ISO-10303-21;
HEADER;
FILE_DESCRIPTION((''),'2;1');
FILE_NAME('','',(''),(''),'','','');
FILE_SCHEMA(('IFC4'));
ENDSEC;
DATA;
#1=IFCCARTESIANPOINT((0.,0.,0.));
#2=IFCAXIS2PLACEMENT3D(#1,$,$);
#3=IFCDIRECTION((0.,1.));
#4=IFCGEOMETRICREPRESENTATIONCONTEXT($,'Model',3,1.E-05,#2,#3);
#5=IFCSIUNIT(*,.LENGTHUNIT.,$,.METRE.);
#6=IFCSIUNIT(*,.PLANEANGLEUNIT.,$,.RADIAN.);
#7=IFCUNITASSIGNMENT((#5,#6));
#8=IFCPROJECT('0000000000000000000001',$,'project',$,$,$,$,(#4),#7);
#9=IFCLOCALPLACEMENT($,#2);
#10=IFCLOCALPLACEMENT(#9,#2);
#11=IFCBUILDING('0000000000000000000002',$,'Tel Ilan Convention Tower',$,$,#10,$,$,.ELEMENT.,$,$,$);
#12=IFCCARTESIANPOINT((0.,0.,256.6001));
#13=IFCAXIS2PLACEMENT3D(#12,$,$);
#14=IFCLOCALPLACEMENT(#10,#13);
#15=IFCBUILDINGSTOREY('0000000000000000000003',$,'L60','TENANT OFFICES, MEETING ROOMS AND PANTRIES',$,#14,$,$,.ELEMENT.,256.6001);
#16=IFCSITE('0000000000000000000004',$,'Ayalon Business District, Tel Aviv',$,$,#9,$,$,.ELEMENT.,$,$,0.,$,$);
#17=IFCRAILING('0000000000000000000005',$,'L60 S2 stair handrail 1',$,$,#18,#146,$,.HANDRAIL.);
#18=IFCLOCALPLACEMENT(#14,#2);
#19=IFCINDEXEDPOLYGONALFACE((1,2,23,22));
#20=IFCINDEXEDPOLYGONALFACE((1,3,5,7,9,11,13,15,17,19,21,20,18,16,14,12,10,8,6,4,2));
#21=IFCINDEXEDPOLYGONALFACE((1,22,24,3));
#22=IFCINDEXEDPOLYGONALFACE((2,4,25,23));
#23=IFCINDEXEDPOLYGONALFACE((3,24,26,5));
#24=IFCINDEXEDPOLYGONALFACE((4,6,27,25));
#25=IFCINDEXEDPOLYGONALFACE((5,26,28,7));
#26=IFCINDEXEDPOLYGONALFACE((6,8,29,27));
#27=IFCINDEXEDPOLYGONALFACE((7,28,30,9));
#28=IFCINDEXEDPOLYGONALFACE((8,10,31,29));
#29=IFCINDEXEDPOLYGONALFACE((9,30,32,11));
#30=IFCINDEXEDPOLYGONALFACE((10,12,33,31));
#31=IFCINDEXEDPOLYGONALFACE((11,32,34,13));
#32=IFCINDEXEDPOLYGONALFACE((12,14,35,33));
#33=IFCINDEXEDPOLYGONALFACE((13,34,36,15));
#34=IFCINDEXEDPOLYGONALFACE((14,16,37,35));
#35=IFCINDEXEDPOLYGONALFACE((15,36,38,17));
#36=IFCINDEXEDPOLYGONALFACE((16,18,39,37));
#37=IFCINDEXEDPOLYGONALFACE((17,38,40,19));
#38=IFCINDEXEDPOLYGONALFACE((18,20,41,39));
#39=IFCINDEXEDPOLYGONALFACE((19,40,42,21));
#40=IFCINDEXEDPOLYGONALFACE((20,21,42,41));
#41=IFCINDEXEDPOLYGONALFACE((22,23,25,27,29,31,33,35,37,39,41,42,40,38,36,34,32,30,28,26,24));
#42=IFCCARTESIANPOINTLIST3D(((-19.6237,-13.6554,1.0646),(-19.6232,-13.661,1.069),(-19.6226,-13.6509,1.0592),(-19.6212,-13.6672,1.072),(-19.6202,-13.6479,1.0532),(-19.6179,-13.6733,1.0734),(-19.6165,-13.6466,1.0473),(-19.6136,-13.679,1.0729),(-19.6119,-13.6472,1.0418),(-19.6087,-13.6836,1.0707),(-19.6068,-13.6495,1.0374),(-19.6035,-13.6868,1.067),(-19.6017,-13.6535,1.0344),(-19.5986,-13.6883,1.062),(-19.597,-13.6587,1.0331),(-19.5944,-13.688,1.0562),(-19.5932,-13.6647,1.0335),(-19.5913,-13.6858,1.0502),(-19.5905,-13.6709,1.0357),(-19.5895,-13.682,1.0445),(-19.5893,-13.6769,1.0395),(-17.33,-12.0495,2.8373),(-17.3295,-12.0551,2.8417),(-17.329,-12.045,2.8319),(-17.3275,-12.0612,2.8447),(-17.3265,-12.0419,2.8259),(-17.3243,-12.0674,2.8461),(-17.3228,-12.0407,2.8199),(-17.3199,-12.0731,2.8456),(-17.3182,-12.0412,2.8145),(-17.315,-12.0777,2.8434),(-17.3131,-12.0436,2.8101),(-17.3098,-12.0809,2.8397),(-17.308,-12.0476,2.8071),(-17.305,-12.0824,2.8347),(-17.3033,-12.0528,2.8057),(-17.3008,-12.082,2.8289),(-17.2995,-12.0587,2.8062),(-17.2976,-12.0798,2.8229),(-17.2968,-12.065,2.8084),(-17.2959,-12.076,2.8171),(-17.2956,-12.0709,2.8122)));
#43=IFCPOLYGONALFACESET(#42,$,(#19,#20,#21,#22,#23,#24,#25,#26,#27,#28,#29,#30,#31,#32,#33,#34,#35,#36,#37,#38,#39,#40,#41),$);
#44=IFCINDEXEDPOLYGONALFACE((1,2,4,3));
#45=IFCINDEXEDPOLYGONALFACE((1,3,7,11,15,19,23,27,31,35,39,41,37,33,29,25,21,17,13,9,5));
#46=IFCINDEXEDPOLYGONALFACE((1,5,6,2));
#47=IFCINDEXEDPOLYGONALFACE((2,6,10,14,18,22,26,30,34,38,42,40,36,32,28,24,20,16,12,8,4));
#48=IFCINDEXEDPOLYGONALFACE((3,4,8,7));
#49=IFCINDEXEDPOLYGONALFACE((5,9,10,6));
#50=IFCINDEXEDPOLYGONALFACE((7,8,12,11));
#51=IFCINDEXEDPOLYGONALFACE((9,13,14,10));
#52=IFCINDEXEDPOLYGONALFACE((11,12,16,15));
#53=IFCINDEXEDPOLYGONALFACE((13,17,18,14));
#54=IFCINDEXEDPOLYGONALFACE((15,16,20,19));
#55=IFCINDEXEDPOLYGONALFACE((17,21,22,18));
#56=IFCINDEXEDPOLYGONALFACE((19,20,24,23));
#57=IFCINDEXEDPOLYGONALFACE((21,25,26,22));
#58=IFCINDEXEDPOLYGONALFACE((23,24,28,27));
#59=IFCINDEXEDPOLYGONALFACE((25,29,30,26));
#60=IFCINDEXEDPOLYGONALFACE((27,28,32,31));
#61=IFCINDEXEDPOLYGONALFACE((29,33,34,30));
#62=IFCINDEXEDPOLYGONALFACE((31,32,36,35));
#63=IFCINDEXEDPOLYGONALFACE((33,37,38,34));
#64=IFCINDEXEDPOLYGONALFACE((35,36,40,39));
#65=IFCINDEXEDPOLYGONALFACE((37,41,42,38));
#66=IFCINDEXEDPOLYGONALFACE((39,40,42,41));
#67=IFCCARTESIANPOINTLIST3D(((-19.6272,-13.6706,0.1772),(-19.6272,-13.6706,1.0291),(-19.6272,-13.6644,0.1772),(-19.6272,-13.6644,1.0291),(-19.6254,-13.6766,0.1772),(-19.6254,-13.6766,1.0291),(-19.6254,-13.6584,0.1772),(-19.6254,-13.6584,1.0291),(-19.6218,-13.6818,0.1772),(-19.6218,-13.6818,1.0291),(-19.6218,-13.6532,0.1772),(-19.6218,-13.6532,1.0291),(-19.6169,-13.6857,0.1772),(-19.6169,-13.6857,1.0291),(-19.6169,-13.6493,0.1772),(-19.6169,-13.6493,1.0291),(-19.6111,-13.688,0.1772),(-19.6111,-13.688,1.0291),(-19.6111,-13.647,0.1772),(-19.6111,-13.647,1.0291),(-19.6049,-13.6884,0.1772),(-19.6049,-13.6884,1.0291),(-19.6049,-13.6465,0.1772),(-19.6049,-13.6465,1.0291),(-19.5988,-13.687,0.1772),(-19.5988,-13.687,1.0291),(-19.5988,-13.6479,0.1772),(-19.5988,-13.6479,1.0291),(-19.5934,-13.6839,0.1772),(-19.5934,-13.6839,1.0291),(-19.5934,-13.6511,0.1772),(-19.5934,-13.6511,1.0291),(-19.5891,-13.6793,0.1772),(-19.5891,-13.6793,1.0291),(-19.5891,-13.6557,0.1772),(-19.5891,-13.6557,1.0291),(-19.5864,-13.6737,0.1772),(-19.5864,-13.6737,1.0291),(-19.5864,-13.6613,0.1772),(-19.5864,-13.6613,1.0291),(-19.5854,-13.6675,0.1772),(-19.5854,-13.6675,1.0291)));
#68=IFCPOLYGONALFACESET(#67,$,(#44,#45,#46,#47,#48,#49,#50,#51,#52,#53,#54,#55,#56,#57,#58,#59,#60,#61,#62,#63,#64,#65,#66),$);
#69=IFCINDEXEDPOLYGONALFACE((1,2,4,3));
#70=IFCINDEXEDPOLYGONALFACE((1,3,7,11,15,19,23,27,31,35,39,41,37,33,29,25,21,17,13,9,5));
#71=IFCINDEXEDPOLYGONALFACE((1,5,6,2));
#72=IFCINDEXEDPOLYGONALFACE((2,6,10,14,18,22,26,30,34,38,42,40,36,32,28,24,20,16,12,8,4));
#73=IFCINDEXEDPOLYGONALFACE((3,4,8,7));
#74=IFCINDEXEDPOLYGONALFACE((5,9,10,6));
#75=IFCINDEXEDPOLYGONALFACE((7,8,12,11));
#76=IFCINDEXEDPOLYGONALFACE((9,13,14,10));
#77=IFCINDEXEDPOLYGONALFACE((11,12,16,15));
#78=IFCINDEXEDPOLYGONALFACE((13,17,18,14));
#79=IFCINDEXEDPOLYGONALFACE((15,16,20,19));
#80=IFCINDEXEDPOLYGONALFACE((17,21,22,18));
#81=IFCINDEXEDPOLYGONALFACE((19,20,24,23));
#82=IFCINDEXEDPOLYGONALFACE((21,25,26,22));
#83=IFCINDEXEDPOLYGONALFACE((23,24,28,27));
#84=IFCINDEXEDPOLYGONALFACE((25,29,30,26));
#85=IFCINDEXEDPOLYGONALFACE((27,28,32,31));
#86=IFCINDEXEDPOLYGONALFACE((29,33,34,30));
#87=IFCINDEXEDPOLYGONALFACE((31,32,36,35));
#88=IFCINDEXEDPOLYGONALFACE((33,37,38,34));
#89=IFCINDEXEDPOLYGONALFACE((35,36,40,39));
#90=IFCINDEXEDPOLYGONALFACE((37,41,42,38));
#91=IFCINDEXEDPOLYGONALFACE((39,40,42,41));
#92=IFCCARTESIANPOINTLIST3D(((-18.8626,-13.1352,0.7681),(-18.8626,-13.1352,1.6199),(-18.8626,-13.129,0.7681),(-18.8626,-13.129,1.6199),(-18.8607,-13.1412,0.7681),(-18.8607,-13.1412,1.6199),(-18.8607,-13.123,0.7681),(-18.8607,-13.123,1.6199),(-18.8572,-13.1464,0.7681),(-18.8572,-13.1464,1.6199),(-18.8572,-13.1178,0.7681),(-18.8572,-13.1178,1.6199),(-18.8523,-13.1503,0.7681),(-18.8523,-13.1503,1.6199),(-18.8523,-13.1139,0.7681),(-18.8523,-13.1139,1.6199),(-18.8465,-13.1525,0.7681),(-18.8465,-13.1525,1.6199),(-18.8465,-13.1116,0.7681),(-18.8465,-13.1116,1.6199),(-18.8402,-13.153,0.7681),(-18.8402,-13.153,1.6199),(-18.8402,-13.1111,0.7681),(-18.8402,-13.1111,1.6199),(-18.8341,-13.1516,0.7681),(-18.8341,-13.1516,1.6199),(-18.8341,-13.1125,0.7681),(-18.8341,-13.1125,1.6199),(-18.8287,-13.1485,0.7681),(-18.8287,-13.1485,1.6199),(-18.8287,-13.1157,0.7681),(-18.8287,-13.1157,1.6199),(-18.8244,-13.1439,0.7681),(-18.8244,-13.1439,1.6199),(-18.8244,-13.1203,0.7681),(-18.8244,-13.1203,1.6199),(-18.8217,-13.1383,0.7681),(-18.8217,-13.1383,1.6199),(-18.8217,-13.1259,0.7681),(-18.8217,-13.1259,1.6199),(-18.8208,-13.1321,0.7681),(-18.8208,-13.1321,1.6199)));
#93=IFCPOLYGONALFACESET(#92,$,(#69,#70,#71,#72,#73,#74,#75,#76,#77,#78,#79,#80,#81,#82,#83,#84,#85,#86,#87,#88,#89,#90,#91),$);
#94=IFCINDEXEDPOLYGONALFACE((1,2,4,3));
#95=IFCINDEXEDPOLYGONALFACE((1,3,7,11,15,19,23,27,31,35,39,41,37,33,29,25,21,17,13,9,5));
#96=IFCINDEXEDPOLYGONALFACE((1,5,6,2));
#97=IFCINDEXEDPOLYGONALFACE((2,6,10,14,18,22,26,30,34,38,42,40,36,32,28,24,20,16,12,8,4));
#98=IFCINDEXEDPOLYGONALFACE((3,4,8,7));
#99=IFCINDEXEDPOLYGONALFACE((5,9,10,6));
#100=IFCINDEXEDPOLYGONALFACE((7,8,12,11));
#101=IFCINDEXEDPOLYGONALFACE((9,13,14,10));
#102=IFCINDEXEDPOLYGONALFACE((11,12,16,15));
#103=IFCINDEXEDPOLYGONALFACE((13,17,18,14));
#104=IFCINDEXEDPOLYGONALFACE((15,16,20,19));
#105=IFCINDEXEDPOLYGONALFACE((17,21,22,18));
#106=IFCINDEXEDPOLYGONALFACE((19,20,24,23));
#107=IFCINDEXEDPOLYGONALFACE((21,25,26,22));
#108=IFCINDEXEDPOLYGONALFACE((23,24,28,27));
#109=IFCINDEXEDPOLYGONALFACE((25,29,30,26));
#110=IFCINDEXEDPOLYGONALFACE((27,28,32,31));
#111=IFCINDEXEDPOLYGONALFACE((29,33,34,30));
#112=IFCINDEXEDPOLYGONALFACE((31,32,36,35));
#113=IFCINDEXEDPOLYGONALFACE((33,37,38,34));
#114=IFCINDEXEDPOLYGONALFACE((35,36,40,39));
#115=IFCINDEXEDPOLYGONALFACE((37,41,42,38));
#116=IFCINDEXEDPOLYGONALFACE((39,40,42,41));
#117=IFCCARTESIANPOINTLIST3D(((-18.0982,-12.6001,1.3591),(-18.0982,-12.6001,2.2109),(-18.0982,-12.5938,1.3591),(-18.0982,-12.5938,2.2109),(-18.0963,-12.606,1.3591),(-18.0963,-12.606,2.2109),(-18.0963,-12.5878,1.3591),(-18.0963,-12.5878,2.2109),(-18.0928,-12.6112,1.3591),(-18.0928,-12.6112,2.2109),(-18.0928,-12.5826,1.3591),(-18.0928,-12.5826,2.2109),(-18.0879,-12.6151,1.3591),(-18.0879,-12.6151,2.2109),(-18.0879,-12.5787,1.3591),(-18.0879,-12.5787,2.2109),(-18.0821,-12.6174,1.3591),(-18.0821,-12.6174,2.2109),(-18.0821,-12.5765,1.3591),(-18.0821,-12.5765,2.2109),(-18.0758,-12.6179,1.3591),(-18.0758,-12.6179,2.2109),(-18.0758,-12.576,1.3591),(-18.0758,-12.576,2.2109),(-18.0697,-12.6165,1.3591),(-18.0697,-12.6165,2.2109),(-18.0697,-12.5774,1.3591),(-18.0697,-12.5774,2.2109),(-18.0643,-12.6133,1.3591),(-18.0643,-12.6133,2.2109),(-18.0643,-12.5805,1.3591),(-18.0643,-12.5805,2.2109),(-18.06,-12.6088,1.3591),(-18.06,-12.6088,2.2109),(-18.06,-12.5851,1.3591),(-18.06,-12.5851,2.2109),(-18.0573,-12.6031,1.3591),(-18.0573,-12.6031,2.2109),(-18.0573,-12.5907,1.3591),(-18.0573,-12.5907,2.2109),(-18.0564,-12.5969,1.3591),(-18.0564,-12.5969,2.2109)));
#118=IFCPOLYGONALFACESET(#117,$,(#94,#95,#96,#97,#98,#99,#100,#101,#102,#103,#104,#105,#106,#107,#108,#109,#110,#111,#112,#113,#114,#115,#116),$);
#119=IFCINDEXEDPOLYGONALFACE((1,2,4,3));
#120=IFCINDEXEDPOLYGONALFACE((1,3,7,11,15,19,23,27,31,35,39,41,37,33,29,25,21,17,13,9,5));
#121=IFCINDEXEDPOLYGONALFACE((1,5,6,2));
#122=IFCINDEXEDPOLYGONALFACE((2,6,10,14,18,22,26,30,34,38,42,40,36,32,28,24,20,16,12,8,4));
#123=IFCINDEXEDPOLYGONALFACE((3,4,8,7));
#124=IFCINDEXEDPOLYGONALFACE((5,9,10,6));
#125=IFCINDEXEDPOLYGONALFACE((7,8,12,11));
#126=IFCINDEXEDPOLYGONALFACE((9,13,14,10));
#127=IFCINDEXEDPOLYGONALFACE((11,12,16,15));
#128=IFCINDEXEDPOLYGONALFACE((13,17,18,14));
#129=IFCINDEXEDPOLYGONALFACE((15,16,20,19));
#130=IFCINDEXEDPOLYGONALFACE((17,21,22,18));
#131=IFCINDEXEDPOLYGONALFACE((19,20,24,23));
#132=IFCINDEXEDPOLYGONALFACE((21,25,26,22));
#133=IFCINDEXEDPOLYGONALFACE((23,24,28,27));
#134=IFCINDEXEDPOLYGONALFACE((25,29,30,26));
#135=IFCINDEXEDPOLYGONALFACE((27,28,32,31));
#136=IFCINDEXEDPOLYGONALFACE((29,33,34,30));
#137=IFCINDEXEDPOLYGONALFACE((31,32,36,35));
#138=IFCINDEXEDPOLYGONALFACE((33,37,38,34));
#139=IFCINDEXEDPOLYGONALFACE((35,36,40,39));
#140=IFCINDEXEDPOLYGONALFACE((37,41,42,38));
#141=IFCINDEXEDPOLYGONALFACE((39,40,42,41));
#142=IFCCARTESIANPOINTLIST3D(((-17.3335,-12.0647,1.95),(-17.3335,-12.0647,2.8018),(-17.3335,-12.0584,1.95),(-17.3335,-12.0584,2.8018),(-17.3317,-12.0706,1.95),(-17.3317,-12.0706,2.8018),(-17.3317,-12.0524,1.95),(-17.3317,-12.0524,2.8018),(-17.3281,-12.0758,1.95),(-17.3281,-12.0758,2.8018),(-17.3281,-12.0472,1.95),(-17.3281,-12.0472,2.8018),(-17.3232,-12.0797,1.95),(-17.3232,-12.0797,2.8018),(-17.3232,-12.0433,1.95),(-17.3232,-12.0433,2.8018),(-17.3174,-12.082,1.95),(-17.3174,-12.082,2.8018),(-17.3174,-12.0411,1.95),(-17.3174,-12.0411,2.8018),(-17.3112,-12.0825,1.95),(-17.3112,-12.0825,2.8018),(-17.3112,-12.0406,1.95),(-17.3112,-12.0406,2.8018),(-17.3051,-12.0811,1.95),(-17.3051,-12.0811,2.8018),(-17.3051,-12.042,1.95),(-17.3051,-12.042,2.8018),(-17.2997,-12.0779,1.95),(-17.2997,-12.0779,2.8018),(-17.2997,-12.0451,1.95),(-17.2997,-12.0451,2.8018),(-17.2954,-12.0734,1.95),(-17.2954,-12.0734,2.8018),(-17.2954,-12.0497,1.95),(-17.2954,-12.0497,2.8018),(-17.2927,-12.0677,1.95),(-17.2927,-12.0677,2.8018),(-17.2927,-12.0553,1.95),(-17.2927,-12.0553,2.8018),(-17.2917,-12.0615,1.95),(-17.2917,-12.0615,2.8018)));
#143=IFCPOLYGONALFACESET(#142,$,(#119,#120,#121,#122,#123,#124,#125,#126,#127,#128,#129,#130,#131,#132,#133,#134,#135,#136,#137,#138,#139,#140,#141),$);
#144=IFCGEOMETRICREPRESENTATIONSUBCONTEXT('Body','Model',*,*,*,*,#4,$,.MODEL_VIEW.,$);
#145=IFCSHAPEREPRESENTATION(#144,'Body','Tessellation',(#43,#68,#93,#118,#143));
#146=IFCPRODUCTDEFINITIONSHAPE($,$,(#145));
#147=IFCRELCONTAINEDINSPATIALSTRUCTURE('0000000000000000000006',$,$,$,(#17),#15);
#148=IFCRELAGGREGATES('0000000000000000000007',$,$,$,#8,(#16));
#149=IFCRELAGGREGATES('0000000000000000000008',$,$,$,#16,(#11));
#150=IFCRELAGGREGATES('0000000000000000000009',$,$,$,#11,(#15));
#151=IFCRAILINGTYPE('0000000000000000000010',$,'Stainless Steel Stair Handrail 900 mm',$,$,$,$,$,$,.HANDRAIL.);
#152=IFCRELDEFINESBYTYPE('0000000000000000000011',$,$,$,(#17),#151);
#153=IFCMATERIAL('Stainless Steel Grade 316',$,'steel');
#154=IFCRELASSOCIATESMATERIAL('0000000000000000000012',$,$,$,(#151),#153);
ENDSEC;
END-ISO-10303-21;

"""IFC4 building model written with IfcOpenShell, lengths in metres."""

from ifc_helpers import new_model, si_unit, direction, frame, origin, origin_2d, place, context, subcontext, project, spatial, circle, extrude, material, type_object, element, save


model = new_model("IFC4")

# Units and contexts
model_context = context("Model", 3, precision=1e-05, world=origin(), true_north=direction((0.0, 1.0)))
body_context = subcontext(model_context, "Body", "Model", "MODEL_VIEW")
ifc_project = project(units=[si_unit("LENGTHUNIT", "METRE"), si_unit("PLANEANGLEUNIT", "RADIAN")], contexts=[model_context])

# Site, building, storey
site_placement = place(None, origin())
site = spatial("IfcSite", under=ifc_project, at=site_placement, Name="Ayalon Business District, Tel Aviv", CompositionType="ELEMENT", RefElevation=0.0)
building_placement = place(site_placement, origin())
building = spatial("IfcBuilding", under=site, at=building_placement, Name="Tel Ilan Convention Tower", CompositionType="ELEMENT")
storey_placement = place(building_placement, frame((0.0, 0.0, 256.6001)))
storey = spatial("IfcBuildingStorey", under=building, at=storey_placement, Name="L60", Description="TENANT OFFICES, MEETING ROOMS AND PANTRIES", CompositionType="ELEMENT", Elevation=256.6001)

# Railing
ifc_material_1 = material(Name="Stainless Steel Grade 316", Category="steel")
railing_type = type_object("IfcRailingType", Name="Stainless Steel Stair Handrail 900 mm", PredefinedType="HANDRAIL", material=ifc_material_1)
railing_placement = place(storey_placement, frame((-19.6064, -13.6675, 0.1772)))
element("IfcRailing", 1, at=railing_placement, inside=storey, type_object=railing_type, Name="L60 S2 stair handrail 1", PredefinedType="HANDRAIL", context=body_context, shape_type="SweptSolid", body=[
    extrude(circle(Radius=0.0239, at=origin_2d()), frame((0.0, 0.0, 0.876), z_axis=(0.692123, 0.484597, 0.534913), x_axis=(-0.57355, 0.81917, 0.0)), (0.0, 0.0, 1.0), 3.314),
    extrude(circle(Radius=0.021, at=origin_2d()), origin(), (0.0, 0.0, 1.0), 0.8518),
    extrude(circle(Radius=0.021, at=origin_2d()), frame((0.7646, 0.5354, 0.5908)), (0.0, 0.0, 1.0), 0.8518),
    extrude(circle(Radius=0.021, at=origin_2d()), frame((1.5291, 1.0706, 1.1819)), (0.0, 0.0, 1.0), 0.8518),
    extrude(circle(Radius=0.021, at=origin_2d()), frame((2.2937, 1.606, 1.7727)), (0.0, 0.0, 1.0), 0.8518),
])

save(model, "model.ifc")
